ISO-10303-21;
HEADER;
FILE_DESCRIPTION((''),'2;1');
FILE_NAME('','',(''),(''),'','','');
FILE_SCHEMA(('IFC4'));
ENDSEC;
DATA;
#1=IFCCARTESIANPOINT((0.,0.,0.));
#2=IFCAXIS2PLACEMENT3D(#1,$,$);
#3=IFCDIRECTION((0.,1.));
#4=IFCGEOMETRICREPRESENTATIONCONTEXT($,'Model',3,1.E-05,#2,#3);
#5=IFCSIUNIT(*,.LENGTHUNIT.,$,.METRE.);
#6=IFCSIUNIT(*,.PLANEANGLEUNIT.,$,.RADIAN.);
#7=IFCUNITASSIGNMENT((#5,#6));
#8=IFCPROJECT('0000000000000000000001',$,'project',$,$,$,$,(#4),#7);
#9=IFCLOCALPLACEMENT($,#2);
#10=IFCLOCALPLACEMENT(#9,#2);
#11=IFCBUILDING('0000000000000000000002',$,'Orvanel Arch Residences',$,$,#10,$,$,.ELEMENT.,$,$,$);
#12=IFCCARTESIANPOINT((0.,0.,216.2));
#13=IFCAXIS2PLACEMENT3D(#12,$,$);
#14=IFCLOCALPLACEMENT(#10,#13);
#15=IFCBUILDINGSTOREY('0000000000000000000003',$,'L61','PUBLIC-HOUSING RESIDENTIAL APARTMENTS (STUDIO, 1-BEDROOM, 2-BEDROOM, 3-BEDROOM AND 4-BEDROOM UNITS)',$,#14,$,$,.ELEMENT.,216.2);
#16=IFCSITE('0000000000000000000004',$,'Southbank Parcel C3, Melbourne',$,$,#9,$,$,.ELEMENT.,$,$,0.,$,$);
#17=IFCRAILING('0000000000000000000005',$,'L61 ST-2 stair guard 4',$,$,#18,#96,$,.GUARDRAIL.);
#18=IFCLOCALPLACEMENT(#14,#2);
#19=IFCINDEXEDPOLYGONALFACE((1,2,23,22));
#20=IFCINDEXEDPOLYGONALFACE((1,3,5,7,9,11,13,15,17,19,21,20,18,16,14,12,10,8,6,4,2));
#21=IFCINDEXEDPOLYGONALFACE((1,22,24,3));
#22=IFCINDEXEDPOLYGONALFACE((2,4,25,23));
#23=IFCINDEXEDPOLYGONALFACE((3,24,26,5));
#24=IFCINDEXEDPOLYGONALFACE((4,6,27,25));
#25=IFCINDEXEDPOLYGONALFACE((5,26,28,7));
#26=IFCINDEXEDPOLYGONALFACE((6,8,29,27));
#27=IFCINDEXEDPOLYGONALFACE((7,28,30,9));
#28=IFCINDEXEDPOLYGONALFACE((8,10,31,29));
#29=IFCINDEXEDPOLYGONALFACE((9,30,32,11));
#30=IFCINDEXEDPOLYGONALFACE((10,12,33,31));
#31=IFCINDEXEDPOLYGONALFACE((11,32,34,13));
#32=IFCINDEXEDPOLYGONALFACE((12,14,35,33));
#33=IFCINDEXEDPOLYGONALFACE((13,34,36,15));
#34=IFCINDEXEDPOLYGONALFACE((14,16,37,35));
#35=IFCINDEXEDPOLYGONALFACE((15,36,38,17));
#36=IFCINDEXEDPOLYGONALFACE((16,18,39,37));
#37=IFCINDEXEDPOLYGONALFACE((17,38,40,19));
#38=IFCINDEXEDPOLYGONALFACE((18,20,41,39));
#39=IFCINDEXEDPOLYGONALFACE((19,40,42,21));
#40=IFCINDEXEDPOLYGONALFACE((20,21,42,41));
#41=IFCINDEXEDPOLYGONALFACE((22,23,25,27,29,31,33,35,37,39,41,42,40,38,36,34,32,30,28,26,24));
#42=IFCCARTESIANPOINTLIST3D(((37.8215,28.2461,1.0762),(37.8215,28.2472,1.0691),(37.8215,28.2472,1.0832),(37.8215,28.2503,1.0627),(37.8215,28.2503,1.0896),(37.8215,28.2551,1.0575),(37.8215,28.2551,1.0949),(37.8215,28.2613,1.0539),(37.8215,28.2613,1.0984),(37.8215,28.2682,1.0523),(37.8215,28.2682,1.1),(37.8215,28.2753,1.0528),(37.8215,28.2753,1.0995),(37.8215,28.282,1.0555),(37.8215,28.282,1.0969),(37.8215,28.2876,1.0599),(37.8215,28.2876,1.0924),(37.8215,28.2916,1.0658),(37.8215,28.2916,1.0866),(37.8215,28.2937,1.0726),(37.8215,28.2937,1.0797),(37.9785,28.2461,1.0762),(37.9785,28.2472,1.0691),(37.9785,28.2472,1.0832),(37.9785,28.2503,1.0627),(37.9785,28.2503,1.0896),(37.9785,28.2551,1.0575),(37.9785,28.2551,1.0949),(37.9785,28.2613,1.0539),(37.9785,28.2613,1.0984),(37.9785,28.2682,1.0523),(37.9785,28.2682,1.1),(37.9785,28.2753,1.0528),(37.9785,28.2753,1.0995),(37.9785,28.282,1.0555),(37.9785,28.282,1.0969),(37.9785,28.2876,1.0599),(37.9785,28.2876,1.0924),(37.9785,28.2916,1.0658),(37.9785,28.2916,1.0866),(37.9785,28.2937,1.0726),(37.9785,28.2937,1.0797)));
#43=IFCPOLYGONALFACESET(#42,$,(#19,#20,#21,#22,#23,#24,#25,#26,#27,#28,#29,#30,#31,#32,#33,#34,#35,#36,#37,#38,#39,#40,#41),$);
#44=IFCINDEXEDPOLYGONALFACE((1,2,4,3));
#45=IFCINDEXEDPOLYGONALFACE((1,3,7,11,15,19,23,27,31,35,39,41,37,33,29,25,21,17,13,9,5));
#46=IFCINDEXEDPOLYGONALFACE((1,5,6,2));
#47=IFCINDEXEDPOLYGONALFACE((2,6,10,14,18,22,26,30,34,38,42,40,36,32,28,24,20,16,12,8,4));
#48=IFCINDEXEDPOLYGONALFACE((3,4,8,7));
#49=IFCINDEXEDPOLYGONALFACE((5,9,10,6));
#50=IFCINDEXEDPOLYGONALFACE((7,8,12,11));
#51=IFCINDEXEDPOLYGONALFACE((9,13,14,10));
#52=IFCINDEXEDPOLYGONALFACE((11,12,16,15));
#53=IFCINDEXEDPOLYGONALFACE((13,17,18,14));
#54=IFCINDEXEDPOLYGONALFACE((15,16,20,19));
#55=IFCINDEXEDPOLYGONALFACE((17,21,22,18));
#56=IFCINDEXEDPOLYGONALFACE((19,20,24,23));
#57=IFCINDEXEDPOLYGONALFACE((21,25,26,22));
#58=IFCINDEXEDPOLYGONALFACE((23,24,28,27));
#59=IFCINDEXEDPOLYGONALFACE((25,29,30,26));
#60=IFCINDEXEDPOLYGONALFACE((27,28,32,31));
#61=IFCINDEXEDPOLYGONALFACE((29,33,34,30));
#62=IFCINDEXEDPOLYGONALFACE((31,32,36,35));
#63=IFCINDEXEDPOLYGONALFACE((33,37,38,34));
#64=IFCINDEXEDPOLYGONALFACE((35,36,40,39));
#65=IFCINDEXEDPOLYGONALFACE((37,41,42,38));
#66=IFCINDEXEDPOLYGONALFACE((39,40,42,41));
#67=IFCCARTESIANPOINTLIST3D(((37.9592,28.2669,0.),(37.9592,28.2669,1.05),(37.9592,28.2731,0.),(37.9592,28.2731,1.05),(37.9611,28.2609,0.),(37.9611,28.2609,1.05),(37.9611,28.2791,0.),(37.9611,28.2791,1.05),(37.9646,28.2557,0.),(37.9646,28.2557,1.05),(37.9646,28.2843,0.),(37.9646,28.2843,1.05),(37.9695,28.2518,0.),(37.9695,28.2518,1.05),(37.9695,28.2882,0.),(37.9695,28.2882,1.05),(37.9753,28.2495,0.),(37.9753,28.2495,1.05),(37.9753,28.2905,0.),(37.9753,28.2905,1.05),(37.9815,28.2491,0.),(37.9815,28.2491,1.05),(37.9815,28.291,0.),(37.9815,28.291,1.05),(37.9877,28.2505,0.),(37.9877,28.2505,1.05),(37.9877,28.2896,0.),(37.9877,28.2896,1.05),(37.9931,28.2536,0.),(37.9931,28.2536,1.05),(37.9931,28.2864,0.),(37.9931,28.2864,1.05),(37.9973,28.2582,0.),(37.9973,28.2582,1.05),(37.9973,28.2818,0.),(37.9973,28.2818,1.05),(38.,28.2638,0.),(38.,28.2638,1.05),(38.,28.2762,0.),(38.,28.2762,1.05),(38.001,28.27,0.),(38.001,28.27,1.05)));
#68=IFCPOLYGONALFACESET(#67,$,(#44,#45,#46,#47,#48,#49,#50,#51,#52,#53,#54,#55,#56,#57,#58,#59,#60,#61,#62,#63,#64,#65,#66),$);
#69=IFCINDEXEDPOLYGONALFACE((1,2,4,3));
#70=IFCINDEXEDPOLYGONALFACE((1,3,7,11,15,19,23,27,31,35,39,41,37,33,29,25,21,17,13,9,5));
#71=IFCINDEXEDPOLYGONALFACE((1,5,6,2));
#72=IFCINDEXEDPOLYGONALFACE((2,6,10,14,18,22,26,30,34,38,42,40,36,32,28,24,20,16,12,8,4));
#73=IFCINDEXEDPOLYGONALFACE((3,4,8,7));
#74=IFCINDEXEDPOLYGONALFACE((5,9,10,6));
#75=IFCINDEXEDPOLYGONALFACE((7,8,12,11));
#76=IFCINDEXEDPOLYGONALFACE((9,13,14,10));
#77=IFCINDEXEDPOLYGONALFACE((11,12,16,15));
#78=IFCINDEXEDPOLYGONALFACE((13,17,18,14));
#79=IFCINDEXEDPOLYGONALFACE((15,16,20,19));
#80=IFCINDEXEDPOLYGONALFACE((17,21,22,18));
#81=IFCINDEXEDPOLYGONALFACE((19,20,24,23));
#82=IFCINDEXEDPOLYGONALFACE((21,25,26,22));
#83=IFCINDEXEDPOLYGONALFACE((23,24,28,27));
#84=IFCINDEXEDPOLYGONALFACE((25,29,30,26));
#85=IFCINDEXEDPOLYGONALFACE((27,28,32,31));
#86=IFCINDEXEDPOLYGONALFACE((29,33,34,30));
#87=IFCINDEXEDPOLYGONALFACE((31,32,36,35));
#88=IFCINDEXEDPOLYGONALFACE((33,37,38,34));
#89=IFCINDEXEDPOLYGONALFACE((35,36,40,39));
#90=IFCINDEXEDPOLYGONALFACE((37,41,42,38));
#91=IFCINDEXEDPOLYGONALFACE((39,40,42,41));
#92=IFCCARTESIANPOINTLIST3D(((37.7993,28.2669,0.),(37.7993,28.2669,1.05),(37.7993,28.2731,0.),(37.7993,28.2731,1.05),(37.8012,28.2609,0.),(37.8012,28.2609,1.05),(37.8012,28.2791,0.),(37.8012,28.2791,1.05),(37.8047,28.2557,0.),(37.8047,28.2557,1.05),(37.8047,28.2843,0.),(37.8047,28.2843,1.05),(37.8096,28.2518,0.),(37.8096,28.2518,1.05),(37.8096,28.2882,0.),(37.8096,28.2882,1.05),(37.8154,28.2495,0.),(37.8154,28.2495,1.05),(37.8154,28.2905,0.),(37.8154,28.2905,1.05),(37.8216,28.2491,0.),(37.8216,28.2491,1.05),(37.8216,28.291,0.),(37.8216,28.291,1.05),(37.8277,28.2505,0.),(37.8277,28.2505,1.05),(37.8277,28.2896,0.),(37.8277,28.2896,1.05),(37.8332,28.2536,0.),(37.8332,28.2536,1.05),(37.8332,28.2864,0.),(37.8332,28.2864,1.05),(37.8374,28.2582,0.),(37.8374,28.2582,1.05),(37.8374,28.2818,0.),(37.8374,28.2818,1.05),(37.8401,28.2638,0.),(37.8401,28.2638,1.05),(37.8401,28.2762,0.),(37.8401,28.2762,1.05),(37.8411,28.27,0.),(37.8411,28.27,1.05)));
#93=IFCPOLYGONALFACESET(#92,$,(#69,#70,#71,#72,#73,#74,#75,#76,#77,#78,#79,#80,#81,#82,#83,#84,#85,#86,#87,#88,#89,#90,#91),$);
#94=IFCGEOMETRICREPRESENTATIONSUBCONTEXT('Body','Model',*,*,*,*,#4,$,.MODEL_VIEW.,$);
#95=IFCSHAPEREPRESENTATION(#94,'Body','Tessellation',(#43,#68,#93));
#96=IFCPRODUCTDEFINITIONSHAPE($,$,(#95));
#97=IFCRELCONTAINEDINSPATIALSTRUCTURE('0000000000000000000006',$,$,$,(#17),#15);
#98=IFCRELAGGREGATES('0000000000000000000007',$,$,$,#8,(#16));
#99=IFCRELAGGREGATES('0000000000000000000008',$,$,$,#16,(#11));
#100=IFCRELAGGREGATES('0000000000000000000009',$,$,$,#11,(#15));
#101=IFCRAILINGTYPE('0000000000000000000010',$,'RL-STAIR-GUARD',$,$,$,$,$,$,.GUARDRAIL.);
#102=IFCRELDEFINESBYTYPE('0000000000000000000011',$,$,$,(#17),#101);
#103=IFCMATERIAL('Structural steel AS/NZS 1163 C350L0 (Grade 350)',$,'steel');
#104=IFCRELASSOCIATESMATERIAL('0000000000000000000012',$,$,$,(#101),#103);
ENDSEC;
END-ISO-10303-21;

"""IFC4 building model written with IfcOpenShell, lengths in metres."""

from ifc_helpers import new_model, si_unit, direction, frame, origin, origin_2d, place, context, subcontext, project, spatial, circle, extrude, material, type_object, element, save


model = new_model("IFC4")

# Units and contexts
model_context = context("Model", 3, precision=1e-05, world=origin(), true_north=direction((0.0, 1.0)))
body_context = subcontext(model_context, "Body", "Model", "MODEL_VIEW")
ifc_project = project(units=[si_unit("LENGTHUNIT", "METRE"), si_unit("PLANEANGLEUNIT", "RADIAN")], contexts=[model_context])

# Site, building, storey
site_placement = place(None, origin())
site = spatial("IfcSite", under=ifc_project, at=site_placement, Name="Southbank Parcel C3, Melbourne", CompositionType="ELEMENT", RefElevation=0.0)
building_placement = place(site_placement, origin())
building = spatial("IfcBuilding", under=site, at=building_placement, Name="Orvanel Arch Residences", CompositionType="ELEMENT")
storey_placement = place(building_placement, frame((0.0, 0.0, 216.2)))
storey = spatial("IfcBuildingStorey", under=building, at=storey_placement, Name="L61", Description="PUBLIC-HOUSING RESIDENTIAL APARTMENTS (STUDIO, 1-BEDROOM, 2-BEDROOM, 3-BEDROOM AND 4-BEDROOM UNITS)", CompositionType="ELEMENT", Elevation=216.2)

# Railing
ifc_material_1 = material(Name="Structural steel AS/NZS 1163 C350L0 (Grade 350)", Category="steel")
railing_type_1 = type_object("IfcRailingType", Name="RL-STAIR-GUARD", PredefinedType="GUARDRAIL", material=ifc_material_1)
railing_1_placement = place(storey_placement, frame((37.98, 28.27, 0.0)))
element("IfcRailing", 1, at=railing_1_placement, inside=storey, type_object=railing_type_1, Name="L61 ST-2 stair guard 4", PredefinedType="GUARDRAIL", context=body_context, shape_type="SweptSolid", body=[
    extrude(circle(Radius=0.0239, at=origin_2d()), frame((-0.0015, 0.0, 1.0762), z_axis=(-1.0, 0.0, 0.0), x_axis=(0.0, -1.0, 0.0)), (0.0, 0.0, 1.0), 0.157),
    extrude(circle(Radius=0.021, at=origin_2d()), origin(), (0.0, 0.0, 1.0), 1.05),
    extrude(circle(Radius=0.021, at=origin_2d()), frame((-0.1599, 0.0, 0.0)), (0.0, 0.0, 1.0), 1.05),
])

save(model, "model.ifc")
